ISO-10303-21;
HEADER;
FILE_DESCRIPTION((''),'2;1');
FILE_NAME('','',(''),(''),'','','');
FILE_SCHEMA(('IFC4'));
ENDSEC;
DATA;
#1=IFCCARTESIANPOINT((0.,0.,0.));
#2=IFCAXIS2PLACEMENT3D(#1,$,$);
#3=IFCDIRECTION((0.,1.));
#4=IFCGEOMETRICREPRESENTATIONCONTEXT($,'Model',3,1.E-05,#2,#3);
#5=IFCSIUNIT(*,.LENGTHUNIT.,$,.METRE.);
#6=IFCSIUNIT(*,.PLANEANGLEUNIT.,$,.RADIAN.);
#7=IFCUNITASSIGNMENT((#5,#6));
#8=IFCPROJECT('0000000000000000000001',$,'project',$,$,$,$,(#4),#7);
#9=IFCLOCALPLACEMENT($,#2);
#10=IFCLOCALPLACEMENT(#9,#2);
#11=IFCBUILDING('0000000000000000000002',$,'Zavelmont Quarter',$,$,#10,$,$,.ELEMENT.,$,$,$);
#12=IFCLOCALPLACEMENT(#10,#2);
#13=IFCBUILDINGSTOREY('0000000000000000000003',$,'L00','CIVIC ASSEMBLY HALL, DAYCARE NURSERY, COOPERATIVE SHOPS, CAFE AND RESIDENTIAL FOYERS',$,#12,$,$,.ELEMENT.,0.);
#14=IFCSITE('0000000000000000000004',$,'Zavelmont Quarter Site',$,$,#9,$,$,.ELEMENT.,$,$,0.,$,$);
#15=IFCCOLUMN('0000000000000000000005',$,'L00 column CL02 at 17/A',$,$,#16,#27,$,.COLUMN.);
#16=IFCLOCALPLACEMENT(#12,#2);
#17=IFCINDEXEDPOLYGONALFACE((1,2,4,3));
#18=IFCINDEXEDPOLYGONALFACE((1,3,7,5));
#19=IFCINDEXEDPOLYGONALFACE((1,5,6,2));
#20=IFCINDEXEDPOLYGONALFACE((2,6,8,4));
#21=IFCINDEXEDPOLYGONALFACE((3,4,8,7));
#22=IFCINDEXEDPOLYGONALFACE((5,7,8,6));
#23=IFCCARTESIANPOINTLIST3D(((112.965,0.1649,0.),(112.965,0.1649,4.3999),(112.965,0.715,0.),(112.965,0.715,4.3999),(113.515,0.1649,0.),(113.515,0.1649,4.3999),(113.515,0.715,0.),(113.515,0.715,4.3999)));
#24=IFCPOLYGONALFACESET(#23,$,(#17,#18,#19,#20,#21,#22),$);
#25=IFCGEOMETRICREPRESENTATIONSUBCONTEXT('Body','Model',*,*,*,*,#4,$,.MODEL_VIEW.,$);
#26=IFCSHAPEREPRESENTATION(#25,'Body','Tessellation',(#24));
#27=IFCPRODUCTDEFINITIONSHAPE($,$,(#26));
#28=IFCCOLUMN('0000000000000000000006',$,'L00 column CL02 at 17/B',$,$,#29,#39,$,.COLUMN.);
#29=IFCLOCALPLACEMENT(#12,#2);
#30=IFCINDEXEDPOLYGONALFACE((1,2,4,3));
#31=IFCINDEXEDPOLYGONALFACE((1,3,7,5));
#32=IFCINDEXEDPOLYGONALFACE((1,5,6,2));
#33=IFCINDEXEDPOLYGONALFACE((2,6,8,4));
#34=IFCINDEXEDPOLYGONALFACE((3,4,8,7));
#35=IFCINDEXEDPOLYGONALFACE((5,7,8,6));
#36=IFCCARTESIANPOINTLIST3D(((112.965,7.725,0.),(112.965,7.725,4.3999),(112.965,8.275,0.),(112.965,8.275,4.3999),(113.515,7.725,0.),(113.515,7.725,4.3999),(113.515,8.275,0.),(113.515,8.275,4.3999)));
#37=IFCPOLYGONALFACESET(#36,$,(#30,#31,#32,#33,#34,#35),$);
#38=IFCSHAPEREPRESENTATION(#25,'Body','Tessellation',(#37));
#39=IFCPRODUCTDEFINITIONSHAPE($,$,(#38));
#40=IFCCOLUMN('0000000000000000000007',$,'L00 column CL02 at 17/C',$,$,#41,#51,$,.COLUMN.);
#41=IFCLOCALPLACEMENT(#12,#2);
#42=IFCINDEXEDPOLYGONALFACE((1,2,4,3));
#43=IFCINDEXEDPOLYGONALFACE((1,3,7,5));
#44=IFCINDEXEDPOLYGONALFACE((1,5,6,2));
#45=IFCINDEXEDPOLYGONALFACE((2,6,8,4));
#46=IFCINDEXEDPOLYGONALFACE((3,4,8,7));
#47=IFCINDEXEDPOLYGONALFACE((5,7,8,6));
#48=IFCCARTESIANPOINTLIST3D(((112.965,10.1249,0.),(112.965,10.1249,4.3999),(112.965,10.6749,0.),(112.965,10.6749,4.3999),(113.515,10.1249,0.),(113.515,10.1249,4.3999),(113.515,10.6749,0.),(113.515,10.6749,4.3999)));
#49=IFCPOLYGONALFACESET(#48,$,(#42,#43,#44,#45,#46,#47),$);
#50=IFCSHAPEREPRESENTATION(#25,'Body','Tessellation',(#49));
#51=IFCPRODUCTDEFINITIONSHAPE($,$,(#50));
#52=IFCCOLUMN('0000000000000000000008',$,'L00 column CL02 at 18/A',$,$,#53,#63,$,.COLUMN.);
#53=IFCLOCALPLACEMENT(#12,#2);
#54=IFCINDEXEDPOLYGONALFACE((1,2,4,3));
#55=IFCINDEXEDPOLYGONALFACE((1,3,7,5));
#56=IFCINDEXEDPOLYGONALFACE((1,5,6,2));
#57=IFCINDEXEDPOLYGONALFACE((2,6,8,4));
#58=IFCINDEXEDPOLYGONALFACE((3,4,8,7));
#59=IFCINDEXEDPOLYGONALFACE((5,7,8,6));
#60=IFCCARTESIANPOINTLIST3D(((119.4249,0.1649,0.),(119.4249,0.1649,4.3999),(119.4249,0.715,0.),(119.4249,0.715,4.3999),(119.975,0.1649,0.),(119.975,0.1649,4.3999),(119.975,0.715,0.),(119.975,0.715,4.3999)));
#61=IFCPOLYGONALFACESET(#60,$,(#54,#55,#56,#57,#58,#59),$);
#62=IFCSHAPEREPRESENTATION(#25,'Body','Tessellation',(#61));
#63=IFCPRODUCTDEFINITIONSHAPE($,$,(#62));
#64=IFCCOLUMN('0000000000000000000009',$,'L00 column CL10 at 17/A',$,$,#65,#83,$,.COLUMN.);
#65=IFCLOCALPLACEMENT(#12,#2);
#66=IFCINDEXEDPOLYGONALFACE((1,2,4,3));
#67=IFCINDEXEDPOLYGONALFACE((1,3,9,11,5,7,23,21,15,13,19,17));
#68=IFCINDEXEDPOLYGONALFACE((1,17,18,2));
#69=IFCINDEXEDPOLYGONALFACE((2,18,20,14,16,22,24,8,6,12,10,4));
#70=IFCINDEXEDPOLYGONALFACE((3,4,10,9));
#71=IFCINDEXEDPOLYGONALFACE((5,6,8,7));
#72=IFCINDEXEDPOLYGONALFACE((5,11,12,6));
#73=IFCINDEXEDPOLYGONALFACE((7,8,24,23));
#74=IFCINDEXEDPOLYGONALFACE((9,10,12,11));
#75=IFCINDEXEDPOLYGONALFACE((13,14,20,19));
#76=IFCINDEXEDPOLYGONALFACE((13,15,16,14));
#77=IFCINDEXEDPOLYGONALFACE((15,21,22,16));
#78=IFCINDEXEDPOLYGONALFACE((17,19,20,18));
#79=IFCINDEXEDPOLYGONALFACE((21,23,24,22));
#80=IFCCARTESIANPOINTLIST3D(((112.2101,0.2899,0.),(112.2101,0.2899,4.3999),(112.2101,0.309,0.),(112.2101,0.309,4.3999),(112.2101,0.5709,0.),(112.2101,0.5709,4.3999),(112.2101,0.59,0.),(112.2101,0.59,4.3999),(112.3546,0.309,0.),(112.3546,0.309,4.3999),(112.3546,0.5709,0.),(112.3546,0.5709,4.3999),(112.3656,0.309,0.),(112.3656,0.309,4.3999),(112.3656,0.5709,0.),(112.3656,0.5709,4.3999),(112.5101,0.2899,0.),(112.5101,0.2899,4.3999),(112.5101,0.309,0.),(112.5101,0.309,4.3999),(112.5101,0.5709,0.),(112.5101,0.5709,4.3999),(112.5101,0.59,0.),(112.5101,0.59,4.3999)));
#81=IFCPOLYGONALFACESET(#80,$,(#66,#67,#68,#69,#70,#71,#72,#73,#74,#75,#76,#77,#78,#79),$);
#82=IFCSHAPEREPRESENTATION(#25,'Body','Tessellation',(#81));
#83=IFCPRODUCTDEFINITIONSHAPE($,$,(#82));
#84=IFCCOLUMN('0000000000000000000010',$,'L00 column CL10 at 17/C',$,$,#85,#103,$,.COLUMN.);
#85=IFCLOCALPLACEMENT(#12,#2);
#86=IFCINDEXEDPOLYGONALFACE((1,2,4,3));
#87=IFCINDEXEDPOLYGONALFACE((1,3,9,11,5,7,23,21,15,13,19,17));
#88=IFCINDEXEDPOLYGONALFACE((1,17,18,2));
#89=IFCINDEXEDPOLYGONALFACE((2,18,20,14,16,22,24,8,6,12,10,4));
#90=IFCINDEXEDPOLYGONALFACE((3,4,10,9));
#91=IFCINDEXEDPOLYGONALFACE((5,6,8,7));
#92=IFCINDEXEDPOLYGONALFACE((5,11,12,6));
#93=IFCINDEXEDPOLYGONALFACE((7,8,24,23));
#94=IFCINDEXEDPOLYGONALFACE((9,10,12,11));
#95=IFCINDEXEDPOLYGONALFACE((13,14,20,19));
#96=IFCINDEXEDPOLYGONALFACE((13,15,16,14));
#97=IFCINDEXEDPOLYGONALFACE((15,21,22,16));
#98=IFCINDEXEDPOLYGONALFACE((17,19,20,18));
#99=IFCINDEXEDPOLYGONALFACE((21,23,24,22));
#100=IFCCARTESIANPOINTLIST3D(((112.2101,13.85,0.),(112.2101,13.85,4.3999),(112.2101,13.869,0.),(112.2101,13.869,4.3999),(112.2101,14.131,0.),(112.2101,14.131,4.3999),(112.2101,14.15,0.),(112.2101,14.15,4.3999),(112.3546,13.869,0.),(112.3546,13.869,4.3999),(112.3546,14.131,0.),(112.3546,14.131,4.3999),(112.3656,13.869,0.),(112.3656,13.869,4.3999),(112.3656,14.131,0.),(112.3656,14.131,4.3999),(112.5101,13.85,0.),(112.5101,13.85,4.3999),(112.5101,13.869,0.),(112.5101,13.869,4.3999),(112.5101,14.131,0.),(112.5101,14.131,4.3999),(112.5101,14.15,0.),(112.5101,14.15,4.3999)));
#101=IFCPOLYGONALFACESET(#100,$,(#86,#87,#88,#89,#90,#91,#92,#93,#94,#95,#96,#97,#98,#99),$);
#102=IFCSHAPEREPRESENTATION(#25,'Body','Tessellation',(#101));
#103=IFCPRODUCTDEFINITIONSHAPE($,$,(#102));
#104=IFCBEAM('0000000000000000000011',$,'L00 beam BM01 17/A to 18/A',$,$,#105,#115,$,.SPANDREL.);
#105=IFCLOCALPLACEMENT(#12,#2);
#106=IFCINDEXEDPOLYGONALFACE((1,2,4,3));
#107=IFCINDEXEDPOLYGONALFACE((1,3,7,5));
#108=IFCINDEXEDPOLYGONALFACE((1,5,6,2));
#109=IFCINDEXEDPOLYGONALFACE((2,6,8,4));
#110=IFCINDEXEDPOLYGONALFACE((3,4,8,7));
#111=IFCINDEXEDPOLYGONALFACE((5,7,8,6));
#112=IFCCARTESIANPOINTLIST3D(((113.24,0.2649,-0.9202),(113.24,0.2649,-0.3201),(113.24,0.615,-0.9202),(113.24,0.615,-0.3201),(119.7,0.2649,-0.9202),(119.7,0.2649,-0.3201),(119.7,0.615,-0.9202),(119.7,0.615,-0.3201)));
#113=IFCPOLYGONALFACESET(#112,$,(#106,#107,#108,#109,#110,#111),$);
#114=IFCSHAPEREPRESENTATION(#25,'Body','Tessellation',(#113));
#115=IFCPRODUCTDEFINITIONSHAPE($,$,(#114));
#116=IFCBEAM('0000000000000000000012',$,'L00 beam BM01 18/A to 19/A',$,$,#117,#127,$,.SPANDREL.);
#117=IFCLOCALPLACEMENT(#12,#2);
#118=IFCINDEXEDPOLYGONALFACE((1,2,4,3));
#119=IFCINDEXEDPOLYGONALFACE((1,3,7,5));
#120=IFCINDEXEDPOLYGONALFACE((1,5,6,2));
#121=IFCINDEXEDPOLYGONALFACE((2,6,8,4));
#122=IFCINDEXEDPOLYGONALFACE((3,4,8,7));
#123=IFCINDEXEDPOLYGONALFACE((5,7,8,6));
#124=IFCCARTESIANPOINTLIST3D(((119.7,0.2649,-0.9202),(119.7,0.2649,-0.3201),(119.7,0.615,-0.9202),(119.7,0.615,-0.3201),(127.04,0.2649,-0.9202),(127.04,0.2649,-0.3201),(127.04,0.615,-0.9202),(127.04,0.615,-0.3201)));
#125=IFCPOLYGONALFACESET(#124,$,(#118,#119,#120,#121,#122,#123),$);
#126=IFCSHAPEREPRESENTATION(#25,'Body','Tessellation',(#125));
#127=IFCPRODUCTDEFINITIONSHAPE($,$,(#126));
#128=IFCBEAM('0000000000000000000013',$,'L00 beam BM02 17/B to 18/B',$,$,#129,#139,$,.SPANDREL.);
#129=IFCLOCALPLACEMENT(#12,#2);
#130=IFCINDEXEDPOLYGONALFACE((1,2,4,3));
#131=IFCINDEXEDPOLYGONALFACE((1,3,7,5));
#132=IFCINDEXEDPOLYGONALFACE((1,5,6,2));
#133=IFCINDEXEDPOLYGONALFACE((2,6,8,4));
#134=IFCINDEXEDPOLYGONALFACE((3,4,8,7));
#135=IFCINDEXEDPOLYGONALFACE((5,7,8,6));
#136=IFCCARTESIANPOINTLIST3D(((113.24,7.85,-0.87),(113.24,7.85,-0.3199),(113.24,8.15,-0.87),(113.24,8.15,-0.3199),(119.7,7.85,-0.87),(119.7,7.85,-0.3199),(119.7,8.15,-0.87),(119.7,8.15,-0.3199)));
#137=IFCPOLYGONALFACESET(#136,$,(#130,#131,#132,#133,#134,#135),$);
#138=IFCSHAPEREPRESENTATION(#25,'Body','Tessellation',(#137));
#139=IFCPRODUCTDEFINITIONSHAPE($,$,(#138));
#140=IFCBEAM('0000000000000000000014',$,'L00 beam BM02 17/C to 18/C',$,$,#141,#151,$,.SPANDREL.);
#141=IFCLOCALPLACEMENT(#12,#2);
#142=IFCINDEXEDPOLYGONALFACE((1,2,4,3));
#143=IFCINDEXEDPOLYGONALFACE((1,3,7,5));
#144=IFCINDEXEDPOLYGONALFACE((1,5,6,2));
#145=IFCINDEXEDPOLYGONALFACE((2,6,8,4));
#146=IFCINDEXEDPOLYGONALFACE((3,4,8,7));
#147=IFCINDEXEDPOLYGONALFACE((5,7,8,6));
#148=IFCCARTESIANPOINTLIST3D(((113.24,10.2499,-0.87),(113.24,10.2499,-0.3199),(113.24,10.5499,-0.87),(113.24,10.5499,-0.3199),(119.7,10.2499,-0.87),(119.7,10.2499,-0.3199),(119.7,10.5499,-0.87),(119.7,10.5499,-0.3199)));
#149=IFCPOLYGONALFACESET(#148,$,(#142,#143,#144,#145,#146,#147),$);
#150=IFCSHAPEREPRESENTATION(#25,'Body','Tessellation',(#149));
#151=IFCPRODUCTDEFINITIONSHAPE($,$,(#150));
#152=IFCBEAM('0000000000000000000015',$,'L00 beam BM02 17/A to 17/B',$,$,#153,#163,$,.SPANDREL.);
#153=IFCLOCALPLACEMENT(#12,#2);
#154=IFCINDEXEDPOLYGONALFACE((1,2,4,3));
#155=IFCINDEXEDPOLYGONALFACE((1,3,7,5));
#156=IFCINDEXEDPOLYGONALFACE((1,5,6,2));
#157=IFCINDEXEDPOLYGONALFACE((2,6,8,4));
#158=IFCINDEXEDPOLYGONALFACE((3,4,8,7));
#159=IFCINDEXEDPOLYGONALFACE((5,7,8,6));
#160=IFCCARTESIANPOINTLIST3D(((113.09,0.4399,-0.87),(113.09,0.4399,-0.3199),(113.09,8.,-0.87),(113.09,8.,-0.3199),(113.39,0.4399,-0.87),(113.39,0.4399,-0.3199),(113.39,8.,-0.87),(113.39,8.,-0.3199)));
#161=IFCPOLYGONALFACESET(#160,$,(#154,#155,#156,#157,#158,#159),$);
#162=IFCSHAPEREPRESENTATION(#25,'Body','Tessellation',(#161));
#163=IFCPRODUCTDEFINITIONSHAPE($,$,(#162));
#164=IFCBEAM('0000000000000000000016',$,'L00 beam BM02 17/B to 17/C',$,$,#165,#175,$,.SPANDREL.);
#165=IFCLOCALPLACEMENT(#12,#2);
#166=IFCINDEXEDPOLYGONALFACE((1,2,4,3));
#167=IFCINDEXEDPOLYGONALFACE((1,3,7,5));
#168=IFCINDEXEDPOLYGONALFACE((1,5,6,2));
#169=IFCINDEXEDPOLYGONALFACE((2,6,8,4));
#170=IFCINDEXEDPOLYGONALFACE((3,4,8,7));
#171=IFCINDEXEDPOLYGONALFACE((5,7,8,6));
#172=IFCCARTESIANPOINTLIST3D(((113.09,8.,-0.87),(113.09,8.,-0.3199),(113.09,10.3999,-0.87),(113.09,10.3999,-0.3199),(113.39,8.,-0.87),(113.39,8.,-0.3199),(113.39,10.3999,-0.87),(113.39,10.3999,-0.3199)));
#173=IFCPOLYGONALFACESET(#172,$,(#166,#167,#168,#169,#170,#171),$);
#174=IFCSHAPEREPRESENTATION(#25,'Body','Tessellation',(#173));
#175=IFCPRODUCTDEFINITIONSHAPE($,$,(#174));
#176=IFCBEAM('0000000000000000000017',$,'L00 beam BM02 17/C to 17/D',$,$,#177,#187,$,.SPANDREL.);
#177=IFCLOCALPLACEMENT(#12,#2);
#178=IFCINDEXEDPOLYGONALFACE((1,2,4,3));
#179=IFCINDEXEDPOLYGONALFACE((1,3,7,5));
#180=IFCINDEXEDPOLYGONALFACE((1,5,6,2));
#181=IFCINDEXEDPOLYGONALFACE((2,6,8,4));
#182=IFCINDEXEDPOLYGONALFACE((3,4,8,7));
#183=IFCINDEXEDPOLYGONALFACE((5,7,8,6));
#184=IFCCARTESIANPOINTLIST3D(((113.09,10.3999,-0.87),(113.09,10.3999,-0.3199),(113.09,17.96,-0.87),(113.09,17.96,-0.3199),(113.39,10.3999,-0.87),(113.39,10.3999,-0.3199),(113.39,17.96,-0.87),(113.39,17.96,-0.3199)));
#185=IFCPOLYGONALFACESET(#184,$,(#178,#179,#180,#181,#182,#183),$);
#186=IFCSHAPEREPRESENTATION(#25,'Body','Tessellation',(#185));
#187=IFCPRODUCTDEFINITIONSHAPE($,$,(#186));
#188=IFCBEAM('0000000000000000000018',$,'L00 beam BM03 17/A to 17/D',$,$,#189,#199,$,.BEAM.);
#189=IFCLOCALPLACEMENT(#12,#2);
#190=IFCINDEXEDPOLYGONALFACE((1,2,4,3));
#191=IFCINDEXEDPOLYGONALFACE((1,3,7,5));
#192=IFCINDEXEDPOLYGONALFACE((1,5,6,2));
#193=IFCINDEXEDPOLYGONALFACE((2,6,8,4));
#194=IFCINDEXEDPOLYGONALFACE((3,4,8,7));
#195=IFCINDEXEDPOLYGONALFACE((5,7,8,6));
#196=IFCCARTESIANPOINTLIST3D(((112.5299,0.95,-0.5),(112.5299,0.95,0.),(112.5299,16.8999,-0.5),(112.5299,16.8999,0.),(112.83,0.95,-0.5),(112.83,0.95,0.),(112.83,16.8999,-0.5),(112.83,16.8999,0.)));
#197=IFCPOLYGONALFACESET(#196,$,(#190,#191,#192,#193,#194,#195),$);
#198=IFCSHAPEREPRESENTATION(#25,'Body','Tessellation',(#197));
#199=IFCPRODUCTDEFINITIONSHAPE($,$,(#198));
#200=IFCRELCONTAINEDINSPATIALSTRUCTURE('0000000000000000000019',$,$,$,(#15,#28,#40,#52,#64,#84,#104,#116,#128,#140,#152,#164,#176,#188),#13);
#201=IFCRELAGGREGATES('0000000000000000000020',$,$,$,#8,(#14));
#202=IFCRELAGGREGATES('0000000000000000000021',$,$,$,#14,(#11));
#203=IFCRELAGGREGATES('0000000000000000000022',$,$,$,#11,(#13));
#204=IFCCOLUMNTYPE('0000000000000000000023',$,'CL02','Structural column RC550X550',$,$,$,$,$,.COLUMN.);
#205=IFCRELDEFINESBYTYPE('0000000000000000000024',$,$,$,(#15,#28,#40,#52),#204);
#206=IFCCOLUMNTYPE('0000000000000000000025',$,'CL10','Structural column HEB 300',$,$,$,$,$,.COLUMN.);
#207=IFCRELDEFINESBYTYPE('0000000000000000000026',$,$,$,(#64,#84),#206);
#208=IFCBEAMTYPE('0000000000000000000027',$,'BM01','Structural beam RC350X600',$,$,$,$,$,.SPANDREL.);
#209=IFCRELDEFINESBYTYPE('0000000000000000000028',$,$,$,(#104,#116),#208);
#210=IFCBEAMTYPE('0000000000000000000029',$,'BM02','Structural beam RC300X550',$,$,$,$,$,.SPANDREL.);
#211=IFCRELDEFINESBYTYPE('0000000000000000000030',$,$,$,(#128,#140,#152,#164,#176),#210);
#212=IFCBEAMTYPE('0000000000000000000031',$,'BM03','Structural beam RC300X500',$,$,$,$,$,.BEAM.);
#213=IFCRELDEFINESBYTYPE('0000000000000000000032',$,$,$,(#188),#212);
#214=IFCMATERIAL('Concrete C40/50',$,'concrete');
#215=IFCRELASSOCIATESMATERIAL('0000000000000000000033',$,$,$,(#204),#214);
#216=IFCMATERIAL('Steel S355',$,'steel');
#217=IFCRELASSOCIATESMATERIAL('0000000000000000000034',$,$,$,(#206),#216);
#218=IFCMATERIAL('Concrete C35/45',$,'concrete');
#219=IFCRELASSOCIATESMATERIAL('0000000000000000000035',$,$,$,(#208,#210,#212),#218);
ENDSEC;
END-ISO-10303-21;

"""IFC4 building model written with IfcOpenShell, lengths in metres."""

from ifc_helpers import new_model, si_unit, direction, frame, origin, origin_2d, place, context, subcontext, project, spatial, rectangle, i_section, extrude, material, material_profile, profile_set, type_object, element, save


model = new_model("IFC4")

# Units and contexts
model_context = context("Model", 3, precision=1e-05, world=origin(), true_north=direction((0.0, 1.0)))
body_context = subcontext(model_context, "Body", "Model", "MODEL_VIEW")
ifc_project = project(units=[si_unit("LENGTHUNIT", "METRE"), si_unit("PLANEANGLEUNIT", "RADIAN")], contexts=[model_context])

# Site, building, storey
site_placement = place(None, origin())
site = spatial("IfcSite", under=ifc_project, at=site_placement, Name="Zavelmont Quarter Site", CompositionType="ELEMENT", RefElevation=0.0)
building_placement = place(site_placement, origin())
building = spatial("IfcBuilding", under=site, at=building_placement, Name="Zavelmont Quarter", CompositionType="ELEMENT")
storey_placement = place(building_placement, origin())
storey = spatial("IfcBuildingStorey", under=building, at=storey_placement, Name="L00", Description="CIVIC ASSEMBLY HALL, DAYCARE NURSERY, COOPERATIVE SHOPS, CAFE AND RESIDENTIAL FOYERS", CompositionType="ELEMENT", Elevation=0.0)

# Columns
ifc_material_1 = material(Name="Concrete C40/50", Category="concrete")
ifc_material_profile_1 = material_profile(ifc_material_1, rectangle(XDim=0.55, YDim=0.55, at=origin_2d()), Name="RC550X550")
ifc_profile_set_1 = profile_set([ifc_material_profile_1], Name="Concrete C40/50")
column_type_1 = type_object("IfcColumnType", Name="CL02", Description="Structural column RC550X550", PredefinedType="COLUMN", material=ifc_profile_set_1)
for number, where, z_axis, x_axis, name in (
    (1, (113.24, 0.4399, 0.0), (0.0, 0.0, 1.0), (1.0, 0.0, 0.0), "L00 column CL02 at 17/A"),
    (2, (113.24, 8.0, 0.0), (0.0, 0.0, 1.0), (1.0, 0.0, 0.0), "L00 column CL02 at 17/B"),
    (3, (113.24, 10.3999, 0.0), (0.0, 0.0, 1.0), (1.0, 0.0, 0.0), "L00 column CL02 at 17/C"),
    (4, (119.7, 0.4399, 0.0), (0.0, 0.0, 1.0), (1.0, 0.0, 0.0), "L00 column CL02 at 18/A"),
):
    element("IfcColumn", number, at=place(storey_placement, frame(where, z_axis=z_axis, x_axis=x_axis)), inside=storey, type_object=column_type_1, Name=name, PredefinedType="COLUMN", context=body_context, shape_type="SweptSolid", body=[
        extrude(rectangle(XDim=0.55, YDim=0.55, at=origin_2d()), origin(), (0.0, 0.0, 1.0), 4.3999),
    ])
ifc_material_2 = material(Name="Steel S355", Category="steel")
ifc_material_profile_2 = material_profile(ifc_material_2, i_section(OverallWidth=0.3, OverallDepth=0.3, WebThickness=0.011, FlangeThickness=0.019, at=origin_2d()), Name="HEB 300")
ifc_profile_set_2 = profile_set([ifc_material_profile_2], Name="Steel S355")
column_type_2 = type_object("IfcColumnType", Name="CL10", Description="Structural column HEB 300", PredefinedType="COLUMN", material=ifc_profile_set_2)
for number, where, z_axis, x_axis, name in (
    (5, (112.3601, 0.4399, 0.0), (0.0, 0.0, 1.0), (1.0, 0.0, 0.0), "L00 column CL10 at 17/A"),
    (6, (112.3601, 14.0, 0.0), (0.0, 0.0, 1.0), (1.0, 0.0, 0.0), "L00 column CL10 at 17/C"),
):
    element("IfcColumn", number, at=place(storey_placement, frame(where, z_axis=z_axis, x_axis=x_axis)), inside=storey, type_object=column_type_2, Name=name, PredefinedType="COLUMN", context=body_context, shape_type="SweptSolid", body=[
        extrude(i_section(OverallWidth=0.3, OverallDepth=0.3, WebThickness=0.011, FlangeThickness=0.019, at=origin_2d()), origin(), (0.0, 0.0, 1.0), 4.3999),
    ])

# Beams
ifc_material_3 = material(Name="Concrete C35/45", Category="concrete")
ifc_material_profile_3 = material_profile(ifc_material_3, rectangle(XDim=0.3501, YDim=0.6001, at=origin_2d()), Name="RC350X600")
ifc_profile_set_3 = profile_set([ifc_material_profile_3], Name="Concrete C35/45")
beam_type_1 = type_object("IfcBeamType", Name="BM01", Description="Structural beam RC350X600", PredefinedType="SPANDREL", material=ifc_profile_set_3)
beam_1_placement = place(storey_placement, frame((113.24, 0.4399, -0.6201), z_axis=(1.0, 0.0, 0.0), x_axis=(0.0, 1.0, 0.0)))
element("IfcBeam", 7, at=beam_1_placement, inside=storey, type_object=beam_type_1, Name="L00 beam BM01 17/A to 18/A", PredefinedType="SPANDREL", context=body_context, shape_type="SweptSolid", body=[
    extrude(rectangle(XDim=0.3501, YDim=0.6001, at=origin_2d()), origin(), (0.0, 0.0, 1.0), 6.46),
])
beam_2_placement = place(storey_placement, frame((119.7, 0.4399, -0.6201), z_axis=(1.0, 0.0, 0.0), x_axis=(0.0, 1.0, 0.0)))
element("IfcBeam", 8, at=beam_2_placement, inside=storey, type_object=beam_type_1, Name="L00 beam BM01 18/A to 19/A", PredefinedType="SPANDREL", context=body_context, shape_type="SweptSolid", body=[
    extrude(rectangle(XDim=0.3501, YDim=0.6001, at=origin_2d()), origin(), (0.0, 0.0, 1.0), 7.3401),
])
ifc_material_profile_4 = material_profile(ifc_material_3, rectangle(XDim=0.3, YDim=0.55, at=origin_2d()), Name="RC300X550")
ifc_profile_set_4 = profile_set([ifc_material_profile_4], Name="Concrete C35/45")
beam_type_2 = type_object("IfcBeamType", Name="BM02", Description="Structural beam RC300X550", PredefinedType="SPANDREL", material=ifc_profile_set_4)
for number, where, z_axis, x_axis, name in (
    (9, (113.24, 8.0, -0.595), (1.0, 0.0, 0.0), (0.0, 1.0, 0.0), "L00 beam BM02 17/B to 18/B"),
    (10, (113.24, 10.3999, -0.595), (1.0, 0.0, 0.0), (0.0, 1.0, 0.0), "L00 beam BM02 17/C to 18/C"),
):
    element("IfcBeam", number, at=place(storey_placement, frame(where, z_axis=z_axis, x_axis=x_axis)), inside=storey, type_object=beam_type_2, Name=name, PredefinedType="SPANDREL", context=body_context, shape_type="SweptSolid", body=[
        extrude(rectangle(XDim=0.3, YDim=0.55, at=origin_2d()), origin(), (0.0, 0.0, 1.0), 6.46),
    ])
beam_3_placement = place(storey_placement, frame((113.24, 0.4399, -0.595), z_axis=(0.0, 1.0, 0.0), x_axis=(-1.0, 0.0, 0.0)))
element("IfcBeam", 11, at=beam_3_placement, inside=storey, type_object=beam_type_2, Name="L00 beam BM02 17/A to 17/B", PredefinedType="SPANDREL", context=body_context, shape_type="SweptSolid", body=[
    extrude(rectangle(XDim=0.3, YDim=0.55, at=origin_2d()), origin(), (0.0, 0.0, 1.0), 7.5601),
])
beam_4_placement = place(storey_placement, frame((113.24, 8.0, -0.595), z_axis=(0.0, 1.0, 0.0), x_axis=(-1.0, 0.0, 0.0)))
element("IfcBeam", 12, at=beam_4_placement, inside=storey, type_object=beam_type_2, Name="L00 beam BM02 17/B to 17/C", PredefinedType="SPANDREL", context=body_context, shape_type="SweptSolid", body=[
    extrude(rectangle(XDim=0.3, YDim=0.55, at=origin_2d()), origin(), (0.0, 0.0, 1.0), 2.3999),
])
beam_5_placement = place(storey_placement, frame((113.24, 10.3999, -0.595), z_axis=(0.0, 1.0, 0.0), x_axis=(-1.0, 0.0, 0.0)))
element("IfcBeam", 13, at=beam_5_placement, inside=storey, type_object=beam_type_2, Name="L00 beam BM02 17/C to 17/D", PredefinedType="SPANDREL", context=body_context, shape_type="SweptSolid", body=[
    extrude(rectangle(XDim=0.3, YDim=0.55, at=origin_2d()), origin(), (0.0, 0.0, 1.0), 7.5601),
])
ifc_material_profile_5 = material_profile(ifc_material_3, rectangle(XDim=0.3, YDim=0.5, at=origin_2d()), Name="RC300X500")
ifc_profile_set_5 = profile_set([ifc_material_profile_5], Name="Concrete C35/45")
beam_type_3 = type_object("IfcBeamType", Name="BM03", Description="Structural beam RC300X500", PredefinedType="BEAM", material=ifc_profile_set_5)
beam_6_placement = place(storey_placement, frame((112.6799, 0.95, -0.25), z_axis=(0.0, 1.0, 0.0), x_axis=(-1.0, 0.0, 0.0)))
element("IfcBeam", 14, at=beam_6_placement, inside=storey, type_object=beam_type_3, Name="L00 beam BM03 17/A to 17/D", PredefinedType="BEAM", context=body_context, shape_type="SweptSolid", body=[
    extrude(rectangle(XDim=0.3, YDim=0.5, at=origin_2d()), origin(), (0.0, 0.0, 1.0), 15.95),
])

save(model, "model.ifc")
